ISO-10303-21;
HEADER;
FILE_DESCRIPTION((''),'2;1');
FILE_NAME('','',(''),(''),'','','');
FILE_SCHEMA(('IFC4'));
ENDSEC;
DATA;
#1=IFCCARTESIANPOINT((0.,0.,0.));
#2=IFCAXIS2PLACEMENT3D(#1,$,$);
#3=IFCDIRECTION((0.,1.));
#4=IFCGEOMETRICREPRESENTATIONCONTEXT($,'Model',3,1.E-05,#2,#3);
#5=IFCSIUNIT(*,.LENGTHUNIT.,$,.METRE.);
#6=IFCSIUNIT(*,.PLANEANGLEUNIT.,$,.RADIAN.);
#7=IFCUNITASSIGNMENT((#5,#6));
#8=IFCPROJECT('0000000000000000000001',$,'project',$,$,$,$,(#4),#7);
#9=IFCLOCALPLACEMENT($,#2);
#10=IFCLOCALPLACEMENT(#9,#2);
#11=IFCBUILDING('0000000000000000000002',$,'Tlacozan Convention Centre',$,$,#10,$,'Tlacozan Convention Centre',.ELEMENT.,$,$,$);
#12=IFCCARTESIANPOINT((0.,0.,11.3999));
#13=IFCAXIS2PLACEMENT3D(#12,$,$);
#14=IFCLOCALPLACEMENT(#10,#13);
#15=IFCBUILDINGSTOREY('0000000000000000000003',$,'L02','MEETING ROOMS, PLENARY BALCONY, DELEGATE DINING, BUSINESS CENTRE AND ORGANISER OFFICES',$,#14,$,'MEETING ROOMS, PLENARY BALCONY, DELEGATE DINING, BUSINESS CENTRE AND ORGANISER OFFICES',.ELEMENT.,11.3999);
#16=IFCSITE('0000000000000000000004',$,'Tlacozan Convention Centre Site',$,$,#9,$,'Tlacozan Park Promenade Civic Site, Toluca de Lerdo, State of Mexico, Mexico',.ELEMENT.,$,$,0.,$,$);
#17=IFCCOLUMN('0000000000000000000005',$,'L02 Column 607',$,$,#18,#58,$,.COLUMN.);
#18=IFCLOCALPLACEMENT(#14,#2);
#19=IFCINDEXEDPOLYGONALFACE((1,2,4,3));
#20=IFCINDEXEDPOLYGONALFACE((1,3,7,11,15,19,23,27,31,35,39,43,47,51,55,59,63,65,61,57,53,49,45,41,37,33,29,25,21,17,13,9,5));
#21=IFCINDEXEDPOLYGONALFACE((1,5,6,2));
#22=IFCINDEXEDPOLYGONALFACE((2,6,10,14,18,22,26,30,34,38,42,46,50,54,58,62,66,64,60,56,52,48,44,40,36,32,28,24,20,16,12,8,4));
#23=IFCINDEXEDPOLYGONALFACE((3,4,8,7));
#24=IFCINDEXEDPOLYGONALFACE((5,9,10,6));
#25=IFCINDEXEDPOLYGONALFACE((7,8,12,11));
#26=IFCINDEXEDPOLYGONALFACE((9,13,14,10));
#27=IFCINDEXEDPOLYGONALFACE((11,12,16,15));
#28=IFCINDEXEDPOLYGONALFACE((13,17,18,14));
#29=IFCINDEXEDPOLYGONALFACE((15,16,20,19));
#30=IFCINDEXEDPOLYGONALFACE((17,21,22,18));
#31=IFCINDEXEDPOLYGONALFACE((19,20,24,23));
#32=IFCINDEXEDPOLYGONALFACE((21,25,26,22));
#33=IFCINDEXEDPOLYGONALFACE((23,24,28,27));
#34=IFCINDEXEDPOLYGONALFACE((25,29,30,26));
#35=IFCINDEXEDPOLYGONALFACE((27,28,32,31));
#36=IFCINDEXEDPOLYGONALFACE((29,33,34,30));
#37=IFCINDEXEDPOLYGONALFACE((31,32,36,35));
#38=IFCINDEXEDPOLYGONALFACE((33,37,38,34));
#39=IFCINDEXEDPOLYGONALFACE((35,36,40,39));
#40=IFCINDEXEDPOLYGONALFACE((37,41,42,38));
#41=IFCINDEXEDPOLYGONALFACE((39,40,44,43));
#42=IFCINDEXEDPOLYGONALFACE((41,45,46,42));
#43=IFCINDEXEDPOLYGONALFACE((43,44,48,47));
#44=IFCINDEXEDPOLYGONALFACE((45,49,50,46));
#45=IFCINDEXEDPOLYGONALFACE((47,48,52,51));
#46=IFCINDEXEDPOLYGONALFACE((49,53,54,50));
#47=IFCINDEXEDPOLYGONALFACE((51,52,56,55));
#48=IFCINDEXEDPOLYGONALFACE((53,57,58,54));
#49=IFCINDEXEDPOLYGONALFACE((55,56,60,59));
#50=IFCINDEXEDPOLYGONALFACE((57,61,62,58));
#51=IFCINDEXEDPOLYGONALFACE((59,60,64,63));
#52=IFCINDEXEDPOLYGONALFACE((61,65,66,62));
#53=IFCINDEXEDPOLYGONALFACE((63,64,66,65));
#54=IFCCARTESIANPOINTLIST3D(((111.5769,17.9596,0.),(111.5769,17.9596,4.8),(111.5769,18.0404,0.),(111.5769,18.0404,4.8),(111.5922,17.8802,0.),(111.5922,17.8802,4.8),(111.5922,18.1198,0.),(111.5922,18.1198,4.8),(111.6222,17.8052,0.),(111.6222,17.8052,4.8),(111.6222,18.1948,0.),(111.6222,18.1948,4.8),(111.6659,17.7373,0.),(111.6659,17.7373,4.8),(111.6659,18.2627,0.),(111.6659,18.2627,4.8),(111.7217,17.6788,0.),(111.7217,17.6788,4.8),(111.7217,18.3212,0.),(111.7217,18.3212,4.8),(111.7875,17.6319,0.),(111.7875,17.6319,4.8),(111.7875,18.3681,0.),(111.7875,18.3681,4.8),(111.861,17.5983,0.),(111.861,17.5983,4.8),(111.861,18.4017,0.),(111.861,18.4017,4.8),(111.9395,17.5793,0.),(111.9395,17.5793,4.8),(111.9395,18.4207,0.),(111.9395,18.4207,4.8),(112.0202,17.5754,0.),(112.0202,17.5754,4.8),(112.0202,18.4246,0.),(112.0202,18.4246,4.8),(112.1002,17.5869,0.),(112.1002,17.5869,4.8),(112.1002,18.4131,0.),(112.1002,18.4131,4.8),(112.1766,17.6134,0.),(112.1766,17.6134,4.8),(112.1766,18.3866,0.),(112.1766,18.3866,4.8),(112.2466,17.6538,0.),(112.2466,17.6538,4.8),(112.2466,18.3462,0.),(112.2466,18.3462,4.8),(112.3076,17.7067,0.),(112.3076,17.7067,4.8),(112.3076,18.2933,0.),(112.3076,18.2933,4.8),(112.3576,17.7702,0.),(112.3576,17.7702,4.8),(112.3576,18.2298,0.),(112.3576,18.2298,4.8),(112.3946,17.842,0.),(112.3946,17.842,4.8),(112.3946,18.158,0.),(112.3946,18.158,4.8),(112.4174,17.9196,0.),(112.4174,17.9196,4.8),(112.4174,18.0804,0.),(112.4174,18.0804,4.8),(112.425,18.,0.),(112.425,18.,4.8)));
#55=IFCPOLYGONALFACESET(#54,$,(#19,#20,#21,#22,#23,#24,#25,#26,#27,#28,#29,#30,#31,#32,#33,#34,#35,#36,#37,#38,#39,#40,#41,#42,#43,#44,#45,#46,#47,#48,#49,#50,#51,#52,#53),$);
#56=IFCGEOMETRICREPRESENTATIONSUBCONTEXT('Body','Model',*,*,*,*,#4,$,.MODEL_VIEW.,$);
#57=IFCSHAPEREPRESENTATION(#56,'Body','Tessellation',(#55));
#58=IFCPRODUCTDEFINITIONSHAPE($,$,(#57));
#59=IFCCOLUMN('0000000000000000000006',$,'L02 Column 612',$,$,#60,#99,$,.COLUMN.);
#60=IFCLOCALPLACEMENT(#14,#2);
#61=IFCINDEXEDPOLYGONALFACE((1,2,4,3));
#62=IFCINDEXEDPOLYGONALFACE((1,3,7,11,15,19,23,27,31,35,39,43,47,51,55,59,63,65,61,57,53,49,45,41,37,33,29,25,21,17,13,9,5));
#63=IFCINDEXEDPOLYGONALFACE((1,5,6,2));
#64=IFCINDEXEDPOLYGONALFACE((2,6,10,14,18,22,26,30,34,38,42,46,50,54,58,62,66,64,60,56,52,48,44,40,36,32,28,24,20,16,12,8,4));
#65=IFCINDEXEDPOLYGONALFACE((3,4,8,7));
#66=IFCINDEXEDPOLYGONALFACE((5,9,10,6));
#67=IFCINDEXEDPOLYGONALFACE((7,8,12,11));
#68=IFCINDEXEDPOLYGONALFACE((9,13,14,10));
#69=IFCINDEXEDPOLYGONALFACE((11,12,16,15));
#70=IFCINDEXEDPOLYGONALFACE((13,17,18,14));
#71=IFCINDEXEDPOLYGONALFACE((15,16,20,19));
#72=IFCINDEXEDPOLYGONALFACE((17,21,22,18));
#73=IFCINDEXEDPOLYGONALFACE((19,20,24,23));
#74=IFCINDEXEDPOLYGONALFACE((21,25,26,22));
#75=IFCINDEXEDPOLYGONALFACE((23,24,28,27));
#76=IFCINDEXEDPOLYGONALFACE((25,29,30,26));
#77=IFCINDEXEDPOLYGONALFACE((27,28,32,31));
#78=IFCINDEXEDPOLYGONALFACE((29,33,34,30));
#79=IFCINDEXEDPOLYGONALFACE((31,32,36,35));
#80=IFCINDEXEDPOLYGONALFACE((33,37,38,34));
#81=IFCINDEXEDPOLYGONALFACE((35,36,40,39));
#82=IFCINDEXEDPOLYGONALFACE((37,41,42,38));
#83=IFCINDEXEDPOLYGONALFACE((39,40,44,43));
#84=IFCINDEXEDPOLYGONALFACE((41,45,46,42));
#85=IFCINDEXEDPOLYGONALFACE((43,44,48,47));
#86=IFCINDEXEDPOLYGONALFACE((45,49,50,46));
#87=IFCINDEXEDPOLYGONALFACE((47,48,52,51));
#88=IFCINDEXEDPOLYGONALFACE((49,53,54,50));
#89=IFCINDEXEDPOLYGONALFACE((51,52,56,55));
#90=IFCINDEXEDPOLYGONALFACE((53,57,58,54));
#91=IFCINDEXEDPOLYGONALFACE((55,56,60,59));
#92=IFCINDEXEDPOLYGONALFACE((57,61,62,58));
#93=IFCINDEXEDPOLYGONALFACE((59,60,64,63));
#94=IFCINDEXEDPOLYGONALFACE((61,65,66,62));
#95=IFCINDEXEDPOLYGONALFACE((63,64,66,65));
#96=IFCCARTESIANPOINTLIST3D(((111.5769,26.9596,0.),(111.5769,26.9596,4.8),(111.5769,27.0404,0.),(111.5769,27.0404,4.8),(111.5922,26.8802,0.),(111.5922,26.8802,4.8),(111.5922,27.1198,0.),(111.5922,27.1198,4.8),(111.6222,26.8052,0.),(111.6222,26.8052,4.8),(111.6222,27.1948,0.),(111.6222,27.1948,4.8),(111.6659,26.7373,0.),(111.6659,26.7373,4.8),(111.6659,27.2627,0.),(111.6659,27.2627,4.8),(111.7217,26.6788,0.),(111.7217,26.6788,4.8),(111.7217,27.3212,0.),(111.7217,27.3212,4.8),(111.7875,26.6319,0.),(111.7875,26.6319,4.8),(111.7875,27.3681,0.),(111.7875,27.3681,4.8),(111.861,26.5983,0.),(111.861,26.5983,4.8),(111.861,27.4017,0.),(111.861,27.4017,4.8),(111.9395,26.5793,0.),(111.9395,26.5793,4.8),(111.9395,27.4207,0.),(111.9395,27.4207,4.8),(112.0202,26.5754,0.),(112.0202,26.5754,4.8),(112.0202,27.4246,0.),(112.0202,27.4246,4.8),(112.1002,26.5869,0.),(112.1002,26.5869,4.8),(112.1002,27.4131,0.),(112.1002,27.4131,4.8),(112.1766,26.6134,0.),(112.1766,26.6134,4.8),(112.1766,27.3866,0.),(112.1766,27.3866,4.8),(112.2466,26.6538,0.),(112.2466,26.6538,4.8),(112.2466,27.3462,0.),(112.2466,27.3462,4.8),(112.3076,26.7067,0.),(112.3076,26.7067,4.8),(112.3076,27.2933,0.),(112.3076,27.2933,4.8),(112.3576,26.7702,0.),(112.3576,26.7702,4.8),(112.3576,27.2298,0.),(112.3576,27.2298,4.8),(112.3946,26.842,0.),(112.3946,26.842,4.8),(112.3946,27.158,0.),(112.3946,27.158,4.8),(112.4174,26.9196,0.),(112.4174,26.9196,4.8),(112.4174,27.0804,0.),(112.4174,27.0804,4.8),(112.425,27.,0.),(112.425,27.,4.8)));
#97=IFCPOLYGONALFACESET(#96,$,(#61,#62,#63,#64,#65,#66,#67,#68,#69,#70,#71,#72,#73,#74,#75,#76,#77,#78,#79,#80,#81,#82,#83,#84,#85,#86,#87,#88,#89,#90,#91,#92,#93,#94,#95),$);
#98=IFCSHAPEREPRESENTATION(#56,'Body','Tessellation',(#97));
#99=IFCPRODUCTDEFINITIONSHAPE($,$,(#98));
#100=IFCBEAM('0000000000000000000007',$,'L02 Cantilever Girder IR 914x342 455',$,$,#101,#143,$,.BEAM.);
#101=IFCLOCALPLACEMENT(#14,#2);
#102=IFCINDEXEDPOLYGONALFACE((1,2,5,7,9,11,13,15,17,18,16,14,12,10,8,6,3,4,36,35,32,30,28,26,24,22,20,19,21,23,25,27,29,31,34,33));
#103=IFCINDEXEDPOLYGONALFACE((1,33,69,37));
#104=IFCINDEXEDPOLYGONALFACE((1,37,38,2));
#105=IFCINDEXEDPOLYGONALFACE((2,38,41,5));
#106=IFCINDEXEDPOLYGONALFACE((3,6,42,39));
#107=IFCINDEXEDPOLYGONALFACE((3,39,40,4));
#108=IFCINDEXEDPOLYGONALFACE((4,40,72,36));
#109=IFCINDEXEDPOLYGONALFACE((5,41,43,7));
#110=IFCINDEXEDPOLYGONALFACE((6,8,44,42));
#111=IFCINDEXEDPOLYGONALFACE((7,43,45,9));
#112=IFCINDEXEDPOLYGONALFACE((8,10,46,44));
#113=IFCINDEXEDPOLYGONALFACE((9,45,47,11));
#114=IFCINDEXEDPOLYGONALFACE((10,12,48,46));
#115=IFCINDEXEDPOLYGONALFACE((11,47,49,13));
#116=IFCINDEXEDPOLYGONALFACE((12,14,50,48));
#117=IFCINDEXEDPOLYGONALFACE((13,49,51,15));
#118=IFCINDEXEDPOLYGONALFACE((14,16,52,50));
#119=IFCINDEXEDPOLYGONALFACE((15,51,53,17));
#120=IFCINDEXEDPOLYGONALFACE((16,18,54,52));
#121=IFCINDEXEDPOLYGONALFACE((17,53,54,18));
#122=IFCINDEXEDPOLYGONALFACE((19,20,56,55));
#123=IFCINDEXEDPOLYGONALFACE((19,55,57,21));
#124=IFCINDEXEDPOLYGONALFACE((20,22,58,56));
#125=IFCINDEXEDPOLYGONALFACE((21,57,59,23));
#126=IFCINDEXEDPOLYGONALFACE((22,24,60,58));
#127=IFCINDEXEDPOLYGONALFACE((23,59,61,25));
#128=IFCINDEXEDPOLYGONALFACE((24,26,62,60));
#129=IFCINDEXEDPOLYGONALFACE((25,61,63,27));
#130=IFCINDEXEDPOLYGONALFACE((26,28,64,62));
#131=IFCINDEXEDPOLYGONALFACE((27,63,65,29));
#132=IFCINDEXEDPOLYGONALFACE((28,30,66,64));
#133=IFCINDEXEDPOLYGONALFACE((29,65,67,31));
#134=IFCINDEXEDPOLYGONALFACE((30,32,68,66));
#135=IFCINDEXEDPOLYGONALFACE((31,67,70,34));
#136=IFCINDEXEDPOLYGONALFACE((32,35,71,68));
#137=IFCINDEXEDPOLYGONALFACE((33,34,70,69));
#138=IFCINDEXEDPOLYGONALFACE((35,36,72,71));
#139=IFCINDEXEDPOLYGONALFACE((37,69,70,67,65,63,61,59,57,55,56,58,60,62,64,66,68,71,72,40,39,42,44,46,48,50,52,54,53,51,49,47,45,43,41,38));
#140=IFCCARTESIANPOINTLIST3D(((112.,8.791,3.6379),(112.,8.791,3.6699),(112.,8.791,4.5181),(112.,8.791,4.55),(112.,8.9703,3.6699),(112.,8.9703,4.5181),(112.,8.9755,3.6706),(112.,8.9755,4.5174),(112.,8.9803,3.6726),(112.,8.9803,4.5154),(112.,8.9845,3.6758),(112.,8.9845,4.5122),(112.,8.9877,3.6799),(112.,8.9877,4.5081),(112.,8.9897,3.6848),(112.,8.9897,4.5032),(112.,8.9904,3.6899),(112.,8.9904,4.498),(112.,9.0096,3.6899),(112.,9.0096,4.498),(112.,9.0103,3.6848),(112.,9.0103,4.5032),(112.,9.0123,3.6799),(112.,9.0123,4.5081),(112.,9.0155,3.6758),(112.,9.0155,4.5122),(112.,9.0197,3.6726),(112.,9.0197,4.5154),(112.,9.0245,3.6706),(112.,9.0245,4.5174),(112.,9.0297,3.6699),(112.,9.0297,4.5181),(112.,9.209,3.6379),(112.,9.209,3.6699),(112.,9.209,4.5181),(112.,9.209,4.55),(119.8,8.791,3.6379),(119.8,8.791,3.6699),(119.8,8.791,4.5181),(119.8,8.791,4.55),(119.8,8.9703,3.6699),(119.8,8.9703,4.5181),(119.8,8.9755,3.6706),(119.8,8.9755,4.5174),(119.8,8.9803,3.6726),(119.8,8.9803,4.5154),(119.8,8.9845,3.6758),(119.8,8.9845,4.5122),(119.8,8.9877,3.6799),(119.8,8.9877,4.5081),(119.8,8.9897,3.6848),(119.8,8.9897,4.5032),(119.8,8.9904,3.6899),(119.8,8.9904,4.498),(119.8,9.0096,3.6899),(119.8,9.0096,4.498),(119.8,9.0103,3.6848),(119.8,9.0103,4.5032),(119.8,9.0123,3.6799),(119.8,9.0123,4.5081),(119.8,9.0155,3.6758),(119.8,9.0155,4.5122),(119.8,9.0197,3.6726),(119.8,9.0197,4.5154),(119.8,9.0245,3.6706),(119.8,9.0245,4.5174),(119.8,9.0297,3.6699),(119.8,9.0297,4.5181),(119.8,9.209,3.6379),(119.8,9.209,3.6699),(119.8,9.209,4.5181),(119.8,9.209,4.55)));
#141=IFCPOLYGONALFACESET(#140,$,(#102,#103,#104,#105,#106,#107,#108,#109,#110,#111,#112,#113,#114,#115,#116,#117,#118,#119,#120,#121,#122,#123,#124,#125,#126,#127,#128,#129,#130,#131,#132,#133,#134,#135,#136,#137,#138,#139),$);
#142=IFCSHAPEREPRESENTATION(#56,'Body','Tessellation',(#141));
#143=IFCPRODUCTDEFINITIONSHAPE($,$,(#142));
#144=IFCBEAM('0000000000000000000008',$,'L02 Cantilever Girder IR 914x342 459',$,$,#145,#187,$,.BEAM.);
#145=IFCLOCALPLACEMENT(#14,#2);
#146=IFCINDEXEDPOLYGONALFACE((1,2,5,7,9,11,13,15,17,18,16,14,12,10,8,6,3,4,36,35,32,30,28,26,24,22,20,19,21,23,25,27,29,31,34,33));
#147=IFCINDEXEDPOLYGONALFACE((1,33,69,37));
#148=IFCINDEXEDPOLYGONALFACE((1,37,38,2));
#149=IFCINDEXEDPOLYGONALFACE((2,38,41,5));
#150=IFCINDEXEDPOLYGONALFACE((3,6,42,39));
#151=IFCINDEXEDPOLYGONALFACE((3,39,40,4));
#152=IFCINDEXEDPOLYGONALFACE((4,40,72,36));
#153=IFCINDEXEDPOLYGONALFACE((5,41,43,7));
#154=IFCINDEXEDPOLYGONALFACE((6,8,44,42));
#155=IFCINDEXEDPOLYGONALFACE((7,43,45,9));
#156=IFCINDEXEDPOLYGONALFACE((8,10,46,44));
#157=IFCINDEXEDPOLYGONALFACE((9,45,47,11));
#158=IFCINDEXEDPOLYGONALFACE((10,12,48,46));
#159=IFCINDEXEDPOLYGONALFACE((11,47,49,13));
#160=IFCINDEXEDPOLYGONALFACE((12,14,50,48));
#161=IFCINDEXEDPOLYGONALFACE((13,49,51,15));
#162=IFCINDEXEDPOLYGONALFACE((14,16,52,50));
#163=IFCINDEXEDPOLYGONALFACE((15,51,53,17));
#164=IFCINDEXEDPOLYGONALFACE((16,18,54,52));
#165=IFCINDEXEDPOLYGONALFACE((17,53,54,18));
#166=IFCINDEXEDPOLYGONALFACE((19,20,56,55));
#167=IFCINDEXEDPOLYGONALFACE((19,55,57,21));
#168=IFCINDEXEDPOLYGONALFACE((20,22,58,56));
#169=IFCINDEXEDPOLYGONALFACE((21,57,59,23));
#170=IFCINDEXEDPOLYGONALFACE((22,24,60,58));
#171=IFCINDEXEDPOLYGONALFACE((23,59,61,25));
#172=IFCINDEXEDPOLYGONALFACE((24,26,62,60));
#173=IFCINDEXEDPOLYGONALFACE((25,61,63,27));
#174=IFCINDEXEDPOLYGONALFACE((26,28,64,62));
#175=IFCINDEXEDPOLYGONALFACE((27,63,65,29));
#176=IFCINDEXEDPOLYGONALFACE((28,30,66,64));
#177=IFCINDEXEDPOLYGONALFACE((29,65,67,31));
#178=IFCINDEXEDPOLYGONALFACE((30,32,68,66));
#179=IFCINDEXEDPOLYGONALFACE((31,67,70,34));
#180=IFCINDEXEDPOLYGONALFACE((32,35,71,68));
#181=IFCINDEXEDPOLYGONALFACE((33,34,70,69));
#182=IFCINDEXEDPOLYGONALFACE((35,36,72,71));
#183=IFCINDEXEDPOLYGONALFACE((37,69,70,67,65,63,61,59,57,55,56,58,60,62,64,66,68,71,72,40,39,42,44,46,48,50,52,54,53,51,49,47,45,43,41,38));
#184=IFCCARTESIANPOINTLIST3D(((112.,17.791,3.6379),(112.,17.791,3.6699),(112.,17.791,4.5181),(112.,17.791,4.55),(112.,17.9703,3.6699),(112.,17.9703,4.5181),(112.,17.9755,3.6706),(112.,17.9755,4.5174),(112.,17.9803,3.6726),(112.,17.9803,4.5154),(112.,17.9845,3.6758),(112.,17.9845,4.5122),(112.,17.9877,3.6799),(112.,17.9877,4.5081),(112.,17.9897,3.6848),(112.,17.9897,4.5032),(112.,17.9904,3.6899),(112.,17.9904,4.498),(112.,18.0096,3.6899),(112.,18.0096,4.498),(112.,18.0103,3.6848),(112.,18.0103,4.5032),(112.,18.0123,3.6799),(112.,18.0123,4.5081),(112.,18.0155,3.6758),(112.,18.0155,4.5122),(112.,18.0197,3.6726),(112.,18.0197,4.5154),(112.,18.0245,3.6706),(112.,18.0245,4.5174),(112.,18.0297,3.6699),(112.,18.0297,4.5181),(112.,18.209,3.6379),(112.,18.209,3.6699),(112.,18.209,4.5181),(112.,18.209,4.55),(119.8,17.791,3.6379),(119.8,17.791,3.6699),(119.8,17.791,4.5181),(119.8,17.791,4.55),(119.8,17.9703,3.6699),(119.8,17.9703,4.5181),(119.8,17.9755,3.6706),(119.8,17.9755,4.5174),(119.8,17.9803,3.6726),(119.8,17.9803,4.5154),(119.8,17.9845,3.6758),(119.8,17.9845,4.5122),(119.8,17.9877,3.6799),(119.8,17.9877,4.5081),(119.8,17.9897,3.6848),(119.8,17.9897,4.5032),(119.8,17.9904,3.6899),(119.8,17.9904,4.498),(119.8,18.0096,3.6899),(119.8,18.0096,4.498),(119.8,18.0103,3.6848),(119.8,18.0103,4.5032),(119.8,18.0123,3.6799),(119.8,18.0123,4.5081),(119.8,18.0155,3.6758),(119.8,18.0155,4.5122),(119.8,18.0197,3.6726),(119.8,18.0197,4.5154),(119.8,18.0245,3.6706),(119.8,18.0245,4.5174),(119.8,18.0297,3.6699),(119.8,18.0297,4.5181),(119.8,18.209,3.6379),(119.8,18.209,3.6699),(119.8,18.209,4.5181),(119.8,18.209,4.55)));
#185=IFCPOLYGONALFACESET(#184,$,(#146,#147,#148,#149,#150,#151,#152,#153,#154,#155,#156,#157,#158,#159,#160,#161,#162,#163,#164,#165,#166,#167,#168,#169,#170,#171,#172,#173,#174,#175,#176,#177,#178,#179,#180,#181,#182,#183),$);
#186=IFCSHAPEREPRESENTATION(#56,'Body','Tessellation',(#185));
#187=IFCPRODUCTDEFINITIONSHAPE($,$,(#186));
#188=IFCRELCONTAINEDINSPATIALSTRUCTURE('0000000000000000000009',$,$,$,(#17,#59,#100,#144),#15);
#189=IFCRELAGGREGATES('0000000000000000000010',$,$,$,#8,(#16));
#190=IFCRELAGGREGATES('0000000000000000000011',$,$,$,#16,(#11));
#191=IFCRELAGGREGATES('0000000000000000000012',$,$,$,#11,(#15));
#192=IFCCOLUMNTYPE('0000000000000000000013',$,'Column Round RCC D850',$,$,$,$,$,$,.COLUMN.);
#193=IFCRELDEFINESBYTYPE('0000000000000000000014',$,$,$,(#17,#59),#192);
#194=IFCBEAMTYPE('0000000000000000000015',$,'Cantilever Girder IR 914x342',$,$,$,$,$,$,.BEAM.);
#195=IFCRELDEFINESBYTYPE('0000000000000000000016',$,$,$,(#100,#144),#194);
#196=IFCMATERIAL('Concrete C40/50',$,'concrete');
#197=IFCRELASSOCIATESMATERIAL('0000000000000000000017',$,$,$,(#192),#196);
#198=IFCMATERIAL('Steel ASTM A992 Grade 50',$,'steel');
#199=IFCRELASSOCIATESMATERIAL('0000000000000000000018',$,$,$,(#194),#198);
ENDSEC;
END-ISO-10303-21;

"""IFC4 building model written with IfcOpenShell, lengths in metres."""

from ifc_helpers import new_model, si_unit, direction, frame, origin, origin_2d, place, context, subcontext, project, spatial, circle, i_section, extrude, material, material_profile, profile_set, type_object, element, save


model = new_model("IFC4")

# Units and contexts
model_context = context("Model", 3, precision=1e-05, world=origin(), true_north=direction((0.0, 1.0)))
body_context = subcontext(model_context, "Body", "Model", "MODEL_VIEW")
ifc_project = project(units=[si_unit("LENGTHUNIT", "METRE"), si_unit("PLANEANGLEUNIT", "RADIAN")], contexts=[model_context])

# Site, building, storey
site_placement = place(None, origin())
site = spatial("IfcSite", under=ifc_project, at=site_placement, Name="Tlacozan Convention Centre Site", LongName="Tlacozan Park Promenade Civic Site, Toluca de Lerdo, State of Mexico, Mexico", CompositionType="ELEMENT", RefElevation=0.0)
building_placement = place(site_placement, origin())
building = spatial("IfcBuilding", under=site, at=building_placement, Name="Tlacozan Convention Centre", LongName="Tlacozan Convention Centre", CompositionType="ELEMENT")
storey_placement = place(building_placement, frame((0.0, 0.0, 11.3999)))
storey = spatial("IfcBuildingStorey", under=building, at=storey_placement, Name="L02", Description="MEETING ROOMS, PLENARY BALCONY, DELEGATE DINING, BUSINESS CENTRE AND ORGANISER OFFICES", LongName="MEETING ROOMS, PLENARY BALCONY, DELEGATE DINING, BUSINESS CENTRE AND ORGANISER OFFICES", CompositionType="ELEMENT", Elevation=11.3999)

# Columns
ifc_material_1 = material(Name="Concrete C40/50", Category="concrete")
ifc_material_profile_1 = material_profile(ifc_material_1, circle(Radius=0.425, at=origin_2d()), Name="RCC D850")
ifc_profile_set_1 = profile_set([ifc_material_profile_1], Name="Concrete C40/50")
column_type = type_object("IfcColumnType", Name="Column Round RCC D850", PredefinedType="COLUMN", material=ifc_profile_set_1)
for number, where, z_axis, x_axis, name in (
    (1, (112.0, 18.0, 0.0), (0.0, 0.0, 1.0), (1.0, 0.0, 0.0), "L02 Column 607"),
    (2, (112.0, 27.0, 0.0), (0.0, 0.0, 1.0), (1.0, 0.0, 0.0), "L02 Column 612"),
):
    element("IfcColumn", number, at=place(storey_placement, frame(where, z_axis=z_axis, x_axis=x_axis)), inside=storey, type_object=column_type, Name=name, PredefinedType="COLUMN", context=body_context, shape_type="SweptSolid", body=[
        extrude(circle(Radius=0.425, at=origin_2d()), origin(), (0.0, 0.0, 1.0), 4.8),
    ])

# Beams
ifc_material_2 = material(Name="Steel ASTM A992 Grade 50", Category="steel")
ifc_material_profile_2 = material_profile(ifc_material_2, i_section(OverallWidth=0.418, OverallDepth=0.9121, WebThickness=0.0193, FlangeThickness=0.032, FilletRadius=0.02, at=origin_2d()), Name="IR 914x342.0")
ifc_profile_set_2 = profile_set([ifc_material_profile_2], Name="Steel ASTM A992 Grade 50")
beam_type_1 = type_object("IfcBeamType", Name="Cantilever Girder IR 914x342", PredefinedType="BEAM", material=ifc_profile_set_2)
for number, where, z_axis, x_axis, name in (
    (3, (112.0, 9.0, 4.094), (1.0, 0.0, 0.0), (0.0, 1.0, 0.0), "L02 Cantilever Girder IR 914x342 455"),
    (4, (112.0, 18.0, 4.094), (1.0, 0.0, 0.0), (0.0, 1.0, 0.0), "L02 Cantilever Girder IR 914x342 459"),
):
    element("IfcBeam", number, at=place(storey_placement, frame(where, z_axis=z_axis, x_axis=x_axis)), inside=storey, type_object=beam_type_1, Name=name, PredefinedType="BEAM", context=body_context, shape_type="SweptSolid", body=[
        extrude(i_section(OverallWidth=0.418, OverallDepth=0.9121, WebThickness=0.0193, FlangeThickness=0.032, FilletRadius=0.02, at=origin_2d()), origin(), (0.0, 0.0, 1.0), 7.8),
    ])

save(model, "model.ifc")
